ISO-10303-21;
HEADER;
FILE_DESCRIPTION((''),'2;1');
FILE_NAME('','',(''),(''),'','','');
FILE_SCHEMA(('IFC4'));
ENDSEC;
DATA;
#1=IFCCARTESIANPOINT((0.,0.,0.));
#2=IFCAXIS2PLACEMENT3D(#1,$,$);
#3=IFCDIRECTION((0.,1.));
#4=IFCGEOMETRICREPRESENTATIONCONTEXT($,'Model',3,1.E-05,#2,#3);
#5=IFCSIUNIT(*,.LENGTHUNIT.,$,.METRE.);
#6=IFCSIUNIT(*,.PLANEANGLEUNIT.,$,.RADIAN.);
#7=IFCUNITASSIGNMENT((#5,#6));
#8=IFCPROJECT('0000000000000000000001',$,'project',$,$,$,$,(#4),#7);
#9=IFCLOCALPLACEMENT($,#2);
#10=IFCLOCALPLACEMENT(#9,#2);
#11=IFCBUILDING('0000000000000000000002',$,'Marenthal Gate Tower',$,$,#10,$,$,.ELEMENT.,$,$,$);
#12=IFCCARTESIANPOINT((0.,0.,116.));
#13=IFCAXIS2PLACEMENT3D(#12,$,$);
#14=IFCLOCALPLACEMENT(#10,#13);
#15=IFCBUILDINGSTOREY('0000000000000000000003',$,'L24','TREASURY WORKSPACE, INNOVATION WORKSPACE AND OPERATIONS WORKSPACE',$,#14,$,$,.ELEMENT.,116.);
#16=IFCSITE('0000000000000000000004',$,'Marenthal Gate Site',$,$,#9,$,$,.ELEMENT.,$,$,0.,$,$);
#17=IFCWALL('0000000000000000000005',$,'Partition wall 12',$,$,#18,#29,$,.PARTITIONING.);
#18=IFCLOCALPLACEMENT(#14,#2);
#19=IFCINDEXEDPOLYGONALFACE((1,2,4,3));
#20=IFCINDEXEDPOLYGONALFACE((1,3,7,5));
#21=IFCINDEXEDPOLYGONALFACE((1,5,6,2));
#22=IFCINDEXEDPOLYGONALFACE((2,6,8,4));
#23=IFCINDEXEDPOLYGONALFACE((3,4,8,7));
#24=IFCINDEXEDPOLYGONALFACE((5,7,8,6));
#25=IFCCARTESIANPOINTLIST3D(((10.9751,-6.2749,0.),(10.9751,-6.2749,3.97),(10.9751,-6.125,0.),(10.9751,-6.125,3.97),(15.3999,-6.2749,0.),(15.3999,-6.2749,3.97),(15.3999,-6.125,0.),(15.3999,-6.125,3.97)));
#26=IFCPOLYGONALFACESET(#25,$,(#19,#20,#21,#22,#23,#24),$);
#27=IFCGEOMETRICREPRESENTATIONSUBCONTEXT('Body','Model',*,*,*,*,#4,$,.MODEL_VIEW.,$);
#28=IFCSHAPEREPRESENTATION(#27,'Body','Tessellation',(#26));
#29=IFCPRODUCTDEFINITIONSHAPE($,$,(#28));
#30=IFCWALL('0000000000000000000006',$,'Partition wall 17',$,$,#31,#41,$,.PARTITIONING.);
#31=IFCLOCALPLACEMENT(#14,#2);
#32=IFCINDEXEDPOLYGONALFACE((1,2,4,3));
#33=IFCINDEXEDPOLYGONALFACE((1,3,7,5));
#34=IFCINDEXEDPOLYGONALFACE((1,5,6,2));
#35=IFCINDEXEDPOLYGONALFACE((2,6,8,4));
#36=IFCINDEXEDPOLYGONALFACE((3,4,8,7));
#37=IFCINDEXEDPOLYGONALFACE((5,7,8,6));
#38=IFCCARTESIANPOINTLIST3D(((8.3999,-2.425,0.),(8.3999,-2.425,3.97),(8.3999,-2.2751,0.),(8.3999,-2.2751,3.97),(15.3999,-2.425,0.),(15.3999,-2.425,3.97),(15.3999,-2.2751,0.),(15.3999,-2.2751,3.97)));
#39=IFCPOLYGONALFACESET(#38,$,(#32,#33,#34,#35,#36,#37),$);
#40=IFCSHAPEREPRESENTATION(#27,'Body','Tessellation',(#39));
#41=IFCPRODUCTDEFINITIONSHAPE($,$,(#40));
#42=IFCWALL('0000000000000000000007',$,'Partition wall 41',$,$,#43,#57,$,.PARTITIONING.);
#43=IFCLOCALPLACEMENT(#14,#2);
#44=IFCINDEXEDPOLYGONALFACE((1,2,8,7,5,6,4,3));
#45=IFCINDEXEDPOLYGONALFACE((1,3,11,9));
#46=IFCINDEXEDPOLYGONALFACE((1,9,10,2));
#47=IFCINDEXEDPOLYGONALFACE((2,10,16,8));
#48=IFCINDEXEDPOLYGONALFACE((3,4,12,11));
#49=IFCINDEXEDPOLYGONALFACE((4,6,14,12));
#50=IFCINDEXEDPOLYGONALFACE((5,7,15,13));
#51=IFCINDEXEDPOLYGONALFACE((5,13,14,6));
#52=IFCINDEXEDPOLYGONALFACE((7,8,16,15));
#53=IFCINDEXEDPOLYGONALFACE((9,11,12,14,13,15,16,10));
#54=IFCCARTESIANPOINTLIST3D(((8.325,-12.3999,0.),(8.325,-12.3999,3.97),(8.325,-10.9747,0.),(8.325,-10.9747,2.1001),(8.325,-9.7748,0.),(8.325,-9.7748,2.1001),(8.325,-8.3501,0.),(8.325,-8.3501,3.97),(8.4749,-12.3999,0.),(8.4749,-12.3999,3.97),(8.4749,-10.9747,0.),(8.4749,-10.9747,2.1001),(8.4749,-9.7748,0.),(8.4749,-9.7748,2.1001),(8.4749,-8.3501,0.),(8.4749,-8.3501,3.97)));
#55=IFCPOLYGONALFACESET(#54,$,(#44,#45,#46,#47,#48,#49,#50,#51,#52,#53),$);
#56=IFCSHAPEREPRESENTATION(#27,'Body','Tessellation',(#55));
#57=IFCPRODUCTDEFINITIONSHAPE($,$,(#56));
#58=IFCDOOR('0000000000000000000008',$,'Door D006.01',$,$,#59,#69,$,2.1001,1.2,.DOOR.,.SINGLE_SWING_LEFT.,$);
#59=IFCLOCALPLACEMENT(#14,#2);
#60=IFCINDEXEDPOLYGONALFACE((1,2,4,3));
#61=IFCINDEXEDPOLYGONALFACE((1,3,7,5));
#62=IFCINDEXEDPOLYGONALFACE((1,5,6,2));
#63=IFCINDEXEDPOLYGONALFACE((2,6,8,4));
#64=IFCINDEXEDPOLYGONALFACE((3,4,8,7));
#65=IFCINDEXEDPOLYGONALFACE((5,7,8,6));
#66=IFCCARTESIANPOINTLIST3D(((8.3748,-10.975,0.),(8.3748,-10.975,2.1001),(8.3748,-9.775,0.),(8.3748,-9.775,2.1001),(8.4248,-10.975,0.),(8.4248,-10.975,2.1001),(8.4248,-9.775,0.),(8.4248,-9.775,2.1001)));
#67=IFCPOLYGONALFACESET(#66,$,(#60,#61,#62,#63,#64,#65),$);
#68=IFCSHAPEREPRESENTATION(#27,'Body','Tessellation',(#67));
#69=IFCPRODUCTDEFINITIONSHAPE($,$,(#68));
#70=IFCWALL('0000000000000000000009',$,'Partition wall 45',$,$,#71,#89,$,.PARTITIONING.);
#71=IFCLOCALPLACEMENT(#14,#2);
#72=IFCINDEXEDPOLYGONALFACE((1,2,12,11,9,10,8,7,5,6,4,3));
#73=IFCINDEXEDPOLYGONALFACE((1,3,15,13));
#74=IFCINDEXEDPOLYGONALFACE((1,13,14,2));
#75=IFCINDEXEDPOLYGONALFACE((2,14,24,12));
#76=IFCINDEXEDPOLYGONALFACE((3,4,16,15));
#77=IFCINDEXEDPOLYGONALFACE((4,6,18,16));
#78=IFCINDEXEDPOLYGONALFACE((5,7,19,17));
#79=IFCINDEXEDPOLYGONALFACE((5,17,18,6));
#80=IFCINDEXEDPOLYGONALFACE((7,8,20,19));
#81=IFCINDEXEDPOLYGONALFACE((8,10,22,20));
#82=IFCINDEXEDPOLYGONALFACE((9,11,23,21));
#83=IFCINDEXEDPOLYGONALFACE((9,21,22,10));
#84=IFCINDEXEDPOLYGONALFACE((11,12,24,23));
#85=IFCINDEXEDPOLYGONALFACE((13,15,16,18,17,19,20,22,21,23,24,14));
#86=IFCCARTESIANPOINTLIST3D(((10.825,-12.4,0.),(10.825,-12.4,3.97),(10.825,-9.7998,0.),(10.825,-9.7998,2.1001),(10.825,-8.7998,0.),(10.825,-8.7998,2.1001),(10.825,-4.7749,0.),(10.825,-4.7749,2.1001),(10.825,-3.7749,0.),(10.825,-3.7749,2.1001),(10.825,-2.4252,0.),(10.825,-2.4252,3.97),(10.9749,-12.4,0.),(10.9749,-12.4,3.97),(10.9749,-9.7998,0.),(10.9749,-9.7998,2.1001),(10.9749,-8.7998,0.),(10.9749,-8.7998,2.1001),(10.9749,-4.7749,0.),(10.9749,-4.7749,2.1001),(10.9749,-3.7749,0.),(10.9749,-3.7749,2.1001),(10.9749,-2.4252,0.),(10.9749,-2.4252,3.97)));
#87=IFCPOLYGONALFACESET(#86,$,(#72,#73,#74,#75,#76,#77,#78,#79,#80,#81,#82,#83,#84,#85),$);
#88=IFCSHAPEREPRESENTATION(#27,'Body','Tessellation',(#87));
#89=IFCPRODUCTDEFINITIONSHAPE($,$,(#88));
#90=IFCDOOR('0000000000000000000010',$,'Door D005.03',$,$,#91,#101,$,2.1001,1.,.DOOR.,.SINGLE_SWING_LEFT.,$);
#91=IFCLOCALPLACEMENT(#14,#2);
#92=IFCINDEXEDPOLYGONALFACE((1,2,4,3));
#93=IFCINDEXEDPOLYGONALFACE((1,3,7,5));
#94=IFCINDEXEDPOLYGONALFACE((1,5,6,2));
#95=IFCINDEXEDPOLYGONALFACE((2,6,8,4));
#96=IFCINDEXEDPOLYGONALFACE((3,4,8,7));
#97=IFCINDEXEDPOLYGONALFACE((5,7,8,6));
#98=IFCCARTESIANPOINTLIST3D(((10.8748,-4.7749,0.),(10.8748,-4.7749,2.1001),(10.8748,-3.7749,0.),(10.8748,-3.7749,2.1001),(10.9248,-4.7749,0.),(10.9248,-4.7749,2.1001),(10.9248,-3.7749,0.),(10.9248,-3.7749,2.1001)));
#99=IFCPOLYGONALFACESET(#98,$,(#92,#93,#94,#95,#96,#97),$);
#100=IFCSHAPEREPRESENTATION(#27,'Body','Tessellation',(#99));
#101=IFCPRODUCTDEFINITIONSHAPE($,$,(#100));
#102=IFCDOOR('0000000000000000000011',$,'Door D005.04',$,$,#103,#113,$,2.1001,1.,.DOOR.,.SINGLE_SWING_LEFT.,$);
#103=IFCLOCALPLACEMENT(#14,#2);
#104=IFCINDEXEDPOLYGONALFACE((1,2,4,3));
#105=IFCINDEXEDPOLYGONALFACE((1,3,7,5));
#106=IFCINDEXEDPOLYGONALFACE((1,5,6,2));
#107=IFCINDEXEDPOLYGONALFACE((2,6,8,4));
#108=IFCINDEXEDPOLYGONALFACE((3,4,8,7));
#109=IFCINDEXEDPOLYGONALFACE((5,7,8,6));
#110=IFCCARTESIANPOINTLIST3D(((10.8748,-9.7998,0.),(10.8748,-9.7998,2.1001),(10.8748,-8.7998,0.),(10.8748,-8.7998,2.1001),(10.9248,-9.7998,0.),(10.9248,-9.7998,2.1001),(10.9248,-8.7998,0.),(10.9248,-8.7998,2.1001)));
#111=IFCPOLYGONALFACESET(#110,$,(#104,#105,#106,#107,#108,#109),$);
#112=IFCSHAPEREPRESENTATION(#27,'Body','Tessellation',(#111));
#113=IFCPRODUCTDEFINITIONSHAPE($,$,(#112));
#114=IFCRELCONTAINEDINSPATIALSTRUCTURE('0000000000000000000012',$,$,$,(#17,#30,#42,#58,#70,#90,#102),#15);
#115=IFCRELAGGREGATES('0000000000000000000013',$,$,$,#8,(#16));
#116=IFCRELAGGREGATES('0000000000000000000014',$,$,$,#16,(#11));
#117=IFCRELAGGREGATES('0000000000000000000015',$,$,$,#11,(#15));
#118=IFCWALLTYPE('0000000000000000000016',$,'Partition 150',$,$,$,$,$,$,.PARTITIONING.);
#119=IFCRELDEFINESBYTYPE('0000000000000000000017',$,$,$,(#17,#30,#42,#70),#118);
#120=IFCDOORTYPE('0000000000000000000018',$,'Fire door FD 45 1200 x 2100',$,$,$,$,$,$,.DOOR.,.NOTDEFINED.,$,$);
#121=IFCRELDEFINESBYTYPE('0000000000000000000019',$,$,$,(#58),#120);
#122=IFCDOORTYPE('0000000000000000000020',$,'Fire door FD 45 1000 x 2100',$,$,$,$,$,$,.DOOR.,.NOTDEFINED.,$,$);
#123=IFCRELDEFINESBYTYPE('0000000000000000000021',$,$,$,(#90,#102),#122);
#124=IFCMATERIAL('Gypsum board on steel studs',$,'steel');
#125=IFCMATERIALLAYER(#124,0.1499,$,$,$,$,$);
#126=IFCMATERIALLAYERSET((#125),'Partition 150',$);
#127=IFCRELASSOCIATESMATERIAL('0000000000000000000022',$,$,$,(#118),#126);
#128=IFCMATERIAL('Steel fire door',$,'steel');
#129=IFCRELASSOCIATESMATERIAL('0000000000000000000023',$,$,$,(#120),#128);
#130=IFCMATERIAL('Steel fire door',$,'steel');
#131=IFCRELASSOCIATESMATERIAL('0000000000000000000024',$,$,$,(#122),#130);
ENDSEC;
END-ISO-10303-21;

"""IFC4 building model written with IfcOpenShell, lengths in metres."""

from ifc_helpers import new_model, si_unit, direction, frame, frame_2d, origin, place, context, subcontext, project, spatial, rectangle, extrude, material, layer, layer_set, type_object, element, fill, save


model = new_model("IFC4")

# Units and contexts
model_context = context("Model", 3, precision=1e-05, world=origin(), true_north=direction((0.0, 1.0)))
body_context = subcontext(model_context, "Body", "Model", "MODEL_VIEW")
ifc_project = project(units=[si_unit("LENGTHUNIT", "METRE"), si_unit("PLANEANGLEUNIT", "RADIAN")], contexts=[model_context])

# Site, building, storey
site_placement = place(None, origin())
site = spatial("IfcSite", under=ifc_project, at=site_placement, Name="Marenthal Gate Site", CompositionType="ELEMENT", RefElevation=0.0)
building_placement = place(site_placement, origin())
building = spatial("IfcBuilding", under=site, at=building_placement, Name="Marenthal Gate Tower", CompositionType="ELEMENT")
storey_placement = place(building_placement, frame((0.0, 0.0, 116.0)))
storey = spatial("IfcBuildingStorey", under=building, at=storey_placement, Name="L24", Description="TREASURY WORKSPACE, INNOVATION WORKSPACE AND OPERATIONS WORKSPACE", CompositionType="ELEMENT", Elevation=116.0)

# Walls
ifc_material_1 = material(Name="Gypsum board on steel studs", Category="steel")
ifc_layer_1 = layer(ifc_material_1, 0.1499)
ifc_layer_set_1 = layer_set([ifc_layer_1], Name="Partition 150")
wall_type_1 = type_object("IfcWallType", Name="Partition 150", PredefinedType="PARTITIONING", material=ifc_layer_set_1)
wall_1_placement = place(storey_placement, frame((10.9751, -6.2, 0.0), z_axis=(0.0, 0.0, 1.0), x_axis=(1.0, 0.0, 0.0)))
element("IfcWall", 1, at=wall_1_placement, inside=storey, type_object=wall_type_1, Name="Partition wall 12", PredefinedType="PARTITIONING", context=body_context, shape_type="SweptSolid", body=[
    extrude(rectangle(XDim=4.4248, YDim=0.1499, at=frame_2d((2.2124, 0.0))), origin(), (0.0, 0.0, 1.0), 3.97),
])
wall_2_placement = place(storey_placement, frame((8.3999, -2.3501, 0.0), z_axis=(0.0, 0.0, 1.0), x_axis=(1.0, 0.0, 0.0)))
element("IfcWall", 2, at=wall_2_placement, inside=storey, type_object=wall_type_1, Name="Partition wall 17", PredefinedType="PARTITIONING", context=body_context, shape_type="SweptSolid", body=[
    extrude(rectangle(XDim=7.0, YDim=0.1499, at=frame_2d((3.5, 0.0))), origin(), (0.0, 0.0, 1.0), 3.97),
])

# Wall, opening, door
wall_3_placement = place(storey_placement, frame((8.3999, -12.3999, 0.0), z_axis=(0.0, 0.0, 1.0), x_axis=(0.0, 1.0, 0.0)))
wall_3 = element("IfcWall", 3, at=wall_3_placement, inside=storey, type_object=wall_type_1, Name="Partition wall 41", PredefinedType="PARTITIONING", context=body_context, shape_type="SweptSolid", body=[
    extrude(rectangle(XDim=4.0498, YDim=0.1499, at=frame_2d((2.0249, 0.0))), origin(), (0.0, 0.0, 1.0), 3.97),
])
opening_1_placement = place(wall_3_placement, frame((1.425, 0.0, 0.0)))
opening_1 = element("IfcOpeningElement", 4, at=opening_1_placement, cuts=wall_3, PredefinedType="OPENING", context=body_context, shape_type="SweptSolid", body=[
    extrude(rectangle(XDim=1.2, YDim=2.1001, at=frame_2d((0.6001, 1.05))), frame((0.0, 0.085, 0.0), z_axis=(0.0, -1.0, 0.0), x_axis=(1.0, 0.0, 0.0)), (0.0, 0.0, 1.0), 0.1699),
])
ifc_material_2 = material(Name="Steel fire door", Category="steel")
door_type_1 = type_object("IfcDoorType", Name="Fire door FD 45 1200 x 2100", OperationType="NOTDEFINED", PredefinedType="DOOR", material=ifc_material_2)
door_1_placement = place(opening_1_placement, frame((1.2, 0.0, 0.0), z_axis=(0.0, 0.0, 1.0), x_axis=(-1.0, 0.0, 0.0)))
door_1 = element("IfcDoor", 5, at=door_1_placement, inside=storey, type_object=door_type_1, Name="Door D006.01", OperationType="SINGLE_SWING_LEFT", OverallHeight=2.1001, OverallWidth=1.2, PredefinedType="DOOR", context=body_context, shape_type="SweptSolid", body=[
    extrude(rectangle(XDim=1.2, YDim=2.1001, at=frame_2d((0.6001, 1.05))), frame((0.0, 0.0249, 0.0), z_axis=(0.0, -1.0, 0.0), x_axis=(1.0, 0.0, 0.0)), (0.0, 0.0, 1.0), 0.05),
])
fill(opening_1, door_1)

# Wall, openings, doors
wall_4_placement = place(storey_placement, frame((10.8999, -12.3999, 0.0), z_axis=(0.0, 0.0, 1.0), x_axis=(0.0, 1.0, 0.0)))
wall_4 = element("IfcWall", 6, at=wall_4_placement, inside=storey, type_object=wall_type_1, Name="Partition wall 45", PredefinedType="PARTITIONING", context=body_context, shape_type="SweptSolid", body=[
    extrude(rectangle(XDim=9.9749, YDim=0.1499, at=frame_2d((4.9873, 0.0))), origin(), (0.0, 0.0, 1.0), 3.97),
])
opening_2_placement = place(wall_4_placement, frame((7.625, 0.0, 0.0)))
opening_2 = element("IfcOpeningElement", 7, at=opening_2_placement, cuts=wall_4, PredefinedType="OPENING", context=body_context, shape_type="SweptSolid", body=[
    extrude(rectangle(XDim=1.0, YDim=2.1001, at=frame_2d((0.5, 1.05))), frame((0.0, 0.085, 0.0), z_axis=(0.0, -1.0, 0.0), x_axis=(1.0, 0.0, 0.0)), (0.0, 0.0, 1.0), 0.1699),
])
opening_3_placement = place(wall_4_placement, frame((2.6001, 0.0, 0.0)))
opening_3 = element("IfcOpeningElement", 8, at=opening_3_placement, cuts=wall_4, PredefinedType="OPENING", context=body_context, shape_type="SweptSolid", body=[
    extrude(rectangle(XDim=1.0, YDim=2.1001, at=frame_2d((0.5, 1.05))), frame((0.0, 0.085, 0.0), z_axis=(0.0, -1.0, 0.0), x_axis=(1.0, 0.0, 0.0)), (0.0, 0.0, 1.0), 0.1699),
])
ifc_material_3 = material(Name="Steel fire door", Category="steel")
door_type_2 = type_object("IfcDoorType", Name="Fire door FD 45 1000 x 2100", OperationType="NOTDEFINED", PredefinedType="DOOR", material=ifc_material_3)
door_2_placement = place(opening_2_placement, frame((1.0, 0.0, 0.0), z_axis=(0.0, 0.0, 1.0), x_axis=(-1.0, 0.0, 0.0)))
door_2 = element("IfcDoor", 9, at=door_2_placement, inside=storey, type_object=door_type_2, Name="Door D005.03", OperationType="SINGLE_SWING_LEFT", OverallHeight=2.1001, OverallWidth=1.0, PredefinedType="DOOR", context=body_context, shape_type="SweptSolid", body=[
    extrude(rectangle(XDim=1.0, YDim=2.1001, at=frame_2d((0.5, 1.05))), frame((0.0, 0.0249, 0.0), z_axis=(0.0, -1.0, 0.0), x_axis=(1.0, 0.0, 0.0)), (0.0, 0.0, 1.0), 0.05),
])
fill(opening_2, door_2)
door_3_placement = place(opening_3_placement, frame((1.0, 0.0, 0.0), z_axis=(0.0, 0.0, 1.0), x_axis=(-1.0, 0.0, 0.0)))
door_3 = element("IfcDoor", 10, at=door_3_placement, inside=storey, type_object=door_type_2, Name="Door D005.04", OperationType="SINGLE_SWING_LEFT", OverallHeight=2.1001, OverallWidth=1.0, PredefinedType="DOOR", context=body_context, shape_type="SweptSolid", body=[
    extrude(rectangle(XDim=1.0, YDim=2.1001, at=frame_2d((0.5, 1.05))), frame((0.0, 0.0249, 0.0), z_axis=(0.0, -1.0, 0.0), x_axis=(1.0, 0.0, 0.0)), (0.0, 0.0, 1.0), 0.05),
])
fill(opening_3, door_3)

save(model, "model.ifc")
